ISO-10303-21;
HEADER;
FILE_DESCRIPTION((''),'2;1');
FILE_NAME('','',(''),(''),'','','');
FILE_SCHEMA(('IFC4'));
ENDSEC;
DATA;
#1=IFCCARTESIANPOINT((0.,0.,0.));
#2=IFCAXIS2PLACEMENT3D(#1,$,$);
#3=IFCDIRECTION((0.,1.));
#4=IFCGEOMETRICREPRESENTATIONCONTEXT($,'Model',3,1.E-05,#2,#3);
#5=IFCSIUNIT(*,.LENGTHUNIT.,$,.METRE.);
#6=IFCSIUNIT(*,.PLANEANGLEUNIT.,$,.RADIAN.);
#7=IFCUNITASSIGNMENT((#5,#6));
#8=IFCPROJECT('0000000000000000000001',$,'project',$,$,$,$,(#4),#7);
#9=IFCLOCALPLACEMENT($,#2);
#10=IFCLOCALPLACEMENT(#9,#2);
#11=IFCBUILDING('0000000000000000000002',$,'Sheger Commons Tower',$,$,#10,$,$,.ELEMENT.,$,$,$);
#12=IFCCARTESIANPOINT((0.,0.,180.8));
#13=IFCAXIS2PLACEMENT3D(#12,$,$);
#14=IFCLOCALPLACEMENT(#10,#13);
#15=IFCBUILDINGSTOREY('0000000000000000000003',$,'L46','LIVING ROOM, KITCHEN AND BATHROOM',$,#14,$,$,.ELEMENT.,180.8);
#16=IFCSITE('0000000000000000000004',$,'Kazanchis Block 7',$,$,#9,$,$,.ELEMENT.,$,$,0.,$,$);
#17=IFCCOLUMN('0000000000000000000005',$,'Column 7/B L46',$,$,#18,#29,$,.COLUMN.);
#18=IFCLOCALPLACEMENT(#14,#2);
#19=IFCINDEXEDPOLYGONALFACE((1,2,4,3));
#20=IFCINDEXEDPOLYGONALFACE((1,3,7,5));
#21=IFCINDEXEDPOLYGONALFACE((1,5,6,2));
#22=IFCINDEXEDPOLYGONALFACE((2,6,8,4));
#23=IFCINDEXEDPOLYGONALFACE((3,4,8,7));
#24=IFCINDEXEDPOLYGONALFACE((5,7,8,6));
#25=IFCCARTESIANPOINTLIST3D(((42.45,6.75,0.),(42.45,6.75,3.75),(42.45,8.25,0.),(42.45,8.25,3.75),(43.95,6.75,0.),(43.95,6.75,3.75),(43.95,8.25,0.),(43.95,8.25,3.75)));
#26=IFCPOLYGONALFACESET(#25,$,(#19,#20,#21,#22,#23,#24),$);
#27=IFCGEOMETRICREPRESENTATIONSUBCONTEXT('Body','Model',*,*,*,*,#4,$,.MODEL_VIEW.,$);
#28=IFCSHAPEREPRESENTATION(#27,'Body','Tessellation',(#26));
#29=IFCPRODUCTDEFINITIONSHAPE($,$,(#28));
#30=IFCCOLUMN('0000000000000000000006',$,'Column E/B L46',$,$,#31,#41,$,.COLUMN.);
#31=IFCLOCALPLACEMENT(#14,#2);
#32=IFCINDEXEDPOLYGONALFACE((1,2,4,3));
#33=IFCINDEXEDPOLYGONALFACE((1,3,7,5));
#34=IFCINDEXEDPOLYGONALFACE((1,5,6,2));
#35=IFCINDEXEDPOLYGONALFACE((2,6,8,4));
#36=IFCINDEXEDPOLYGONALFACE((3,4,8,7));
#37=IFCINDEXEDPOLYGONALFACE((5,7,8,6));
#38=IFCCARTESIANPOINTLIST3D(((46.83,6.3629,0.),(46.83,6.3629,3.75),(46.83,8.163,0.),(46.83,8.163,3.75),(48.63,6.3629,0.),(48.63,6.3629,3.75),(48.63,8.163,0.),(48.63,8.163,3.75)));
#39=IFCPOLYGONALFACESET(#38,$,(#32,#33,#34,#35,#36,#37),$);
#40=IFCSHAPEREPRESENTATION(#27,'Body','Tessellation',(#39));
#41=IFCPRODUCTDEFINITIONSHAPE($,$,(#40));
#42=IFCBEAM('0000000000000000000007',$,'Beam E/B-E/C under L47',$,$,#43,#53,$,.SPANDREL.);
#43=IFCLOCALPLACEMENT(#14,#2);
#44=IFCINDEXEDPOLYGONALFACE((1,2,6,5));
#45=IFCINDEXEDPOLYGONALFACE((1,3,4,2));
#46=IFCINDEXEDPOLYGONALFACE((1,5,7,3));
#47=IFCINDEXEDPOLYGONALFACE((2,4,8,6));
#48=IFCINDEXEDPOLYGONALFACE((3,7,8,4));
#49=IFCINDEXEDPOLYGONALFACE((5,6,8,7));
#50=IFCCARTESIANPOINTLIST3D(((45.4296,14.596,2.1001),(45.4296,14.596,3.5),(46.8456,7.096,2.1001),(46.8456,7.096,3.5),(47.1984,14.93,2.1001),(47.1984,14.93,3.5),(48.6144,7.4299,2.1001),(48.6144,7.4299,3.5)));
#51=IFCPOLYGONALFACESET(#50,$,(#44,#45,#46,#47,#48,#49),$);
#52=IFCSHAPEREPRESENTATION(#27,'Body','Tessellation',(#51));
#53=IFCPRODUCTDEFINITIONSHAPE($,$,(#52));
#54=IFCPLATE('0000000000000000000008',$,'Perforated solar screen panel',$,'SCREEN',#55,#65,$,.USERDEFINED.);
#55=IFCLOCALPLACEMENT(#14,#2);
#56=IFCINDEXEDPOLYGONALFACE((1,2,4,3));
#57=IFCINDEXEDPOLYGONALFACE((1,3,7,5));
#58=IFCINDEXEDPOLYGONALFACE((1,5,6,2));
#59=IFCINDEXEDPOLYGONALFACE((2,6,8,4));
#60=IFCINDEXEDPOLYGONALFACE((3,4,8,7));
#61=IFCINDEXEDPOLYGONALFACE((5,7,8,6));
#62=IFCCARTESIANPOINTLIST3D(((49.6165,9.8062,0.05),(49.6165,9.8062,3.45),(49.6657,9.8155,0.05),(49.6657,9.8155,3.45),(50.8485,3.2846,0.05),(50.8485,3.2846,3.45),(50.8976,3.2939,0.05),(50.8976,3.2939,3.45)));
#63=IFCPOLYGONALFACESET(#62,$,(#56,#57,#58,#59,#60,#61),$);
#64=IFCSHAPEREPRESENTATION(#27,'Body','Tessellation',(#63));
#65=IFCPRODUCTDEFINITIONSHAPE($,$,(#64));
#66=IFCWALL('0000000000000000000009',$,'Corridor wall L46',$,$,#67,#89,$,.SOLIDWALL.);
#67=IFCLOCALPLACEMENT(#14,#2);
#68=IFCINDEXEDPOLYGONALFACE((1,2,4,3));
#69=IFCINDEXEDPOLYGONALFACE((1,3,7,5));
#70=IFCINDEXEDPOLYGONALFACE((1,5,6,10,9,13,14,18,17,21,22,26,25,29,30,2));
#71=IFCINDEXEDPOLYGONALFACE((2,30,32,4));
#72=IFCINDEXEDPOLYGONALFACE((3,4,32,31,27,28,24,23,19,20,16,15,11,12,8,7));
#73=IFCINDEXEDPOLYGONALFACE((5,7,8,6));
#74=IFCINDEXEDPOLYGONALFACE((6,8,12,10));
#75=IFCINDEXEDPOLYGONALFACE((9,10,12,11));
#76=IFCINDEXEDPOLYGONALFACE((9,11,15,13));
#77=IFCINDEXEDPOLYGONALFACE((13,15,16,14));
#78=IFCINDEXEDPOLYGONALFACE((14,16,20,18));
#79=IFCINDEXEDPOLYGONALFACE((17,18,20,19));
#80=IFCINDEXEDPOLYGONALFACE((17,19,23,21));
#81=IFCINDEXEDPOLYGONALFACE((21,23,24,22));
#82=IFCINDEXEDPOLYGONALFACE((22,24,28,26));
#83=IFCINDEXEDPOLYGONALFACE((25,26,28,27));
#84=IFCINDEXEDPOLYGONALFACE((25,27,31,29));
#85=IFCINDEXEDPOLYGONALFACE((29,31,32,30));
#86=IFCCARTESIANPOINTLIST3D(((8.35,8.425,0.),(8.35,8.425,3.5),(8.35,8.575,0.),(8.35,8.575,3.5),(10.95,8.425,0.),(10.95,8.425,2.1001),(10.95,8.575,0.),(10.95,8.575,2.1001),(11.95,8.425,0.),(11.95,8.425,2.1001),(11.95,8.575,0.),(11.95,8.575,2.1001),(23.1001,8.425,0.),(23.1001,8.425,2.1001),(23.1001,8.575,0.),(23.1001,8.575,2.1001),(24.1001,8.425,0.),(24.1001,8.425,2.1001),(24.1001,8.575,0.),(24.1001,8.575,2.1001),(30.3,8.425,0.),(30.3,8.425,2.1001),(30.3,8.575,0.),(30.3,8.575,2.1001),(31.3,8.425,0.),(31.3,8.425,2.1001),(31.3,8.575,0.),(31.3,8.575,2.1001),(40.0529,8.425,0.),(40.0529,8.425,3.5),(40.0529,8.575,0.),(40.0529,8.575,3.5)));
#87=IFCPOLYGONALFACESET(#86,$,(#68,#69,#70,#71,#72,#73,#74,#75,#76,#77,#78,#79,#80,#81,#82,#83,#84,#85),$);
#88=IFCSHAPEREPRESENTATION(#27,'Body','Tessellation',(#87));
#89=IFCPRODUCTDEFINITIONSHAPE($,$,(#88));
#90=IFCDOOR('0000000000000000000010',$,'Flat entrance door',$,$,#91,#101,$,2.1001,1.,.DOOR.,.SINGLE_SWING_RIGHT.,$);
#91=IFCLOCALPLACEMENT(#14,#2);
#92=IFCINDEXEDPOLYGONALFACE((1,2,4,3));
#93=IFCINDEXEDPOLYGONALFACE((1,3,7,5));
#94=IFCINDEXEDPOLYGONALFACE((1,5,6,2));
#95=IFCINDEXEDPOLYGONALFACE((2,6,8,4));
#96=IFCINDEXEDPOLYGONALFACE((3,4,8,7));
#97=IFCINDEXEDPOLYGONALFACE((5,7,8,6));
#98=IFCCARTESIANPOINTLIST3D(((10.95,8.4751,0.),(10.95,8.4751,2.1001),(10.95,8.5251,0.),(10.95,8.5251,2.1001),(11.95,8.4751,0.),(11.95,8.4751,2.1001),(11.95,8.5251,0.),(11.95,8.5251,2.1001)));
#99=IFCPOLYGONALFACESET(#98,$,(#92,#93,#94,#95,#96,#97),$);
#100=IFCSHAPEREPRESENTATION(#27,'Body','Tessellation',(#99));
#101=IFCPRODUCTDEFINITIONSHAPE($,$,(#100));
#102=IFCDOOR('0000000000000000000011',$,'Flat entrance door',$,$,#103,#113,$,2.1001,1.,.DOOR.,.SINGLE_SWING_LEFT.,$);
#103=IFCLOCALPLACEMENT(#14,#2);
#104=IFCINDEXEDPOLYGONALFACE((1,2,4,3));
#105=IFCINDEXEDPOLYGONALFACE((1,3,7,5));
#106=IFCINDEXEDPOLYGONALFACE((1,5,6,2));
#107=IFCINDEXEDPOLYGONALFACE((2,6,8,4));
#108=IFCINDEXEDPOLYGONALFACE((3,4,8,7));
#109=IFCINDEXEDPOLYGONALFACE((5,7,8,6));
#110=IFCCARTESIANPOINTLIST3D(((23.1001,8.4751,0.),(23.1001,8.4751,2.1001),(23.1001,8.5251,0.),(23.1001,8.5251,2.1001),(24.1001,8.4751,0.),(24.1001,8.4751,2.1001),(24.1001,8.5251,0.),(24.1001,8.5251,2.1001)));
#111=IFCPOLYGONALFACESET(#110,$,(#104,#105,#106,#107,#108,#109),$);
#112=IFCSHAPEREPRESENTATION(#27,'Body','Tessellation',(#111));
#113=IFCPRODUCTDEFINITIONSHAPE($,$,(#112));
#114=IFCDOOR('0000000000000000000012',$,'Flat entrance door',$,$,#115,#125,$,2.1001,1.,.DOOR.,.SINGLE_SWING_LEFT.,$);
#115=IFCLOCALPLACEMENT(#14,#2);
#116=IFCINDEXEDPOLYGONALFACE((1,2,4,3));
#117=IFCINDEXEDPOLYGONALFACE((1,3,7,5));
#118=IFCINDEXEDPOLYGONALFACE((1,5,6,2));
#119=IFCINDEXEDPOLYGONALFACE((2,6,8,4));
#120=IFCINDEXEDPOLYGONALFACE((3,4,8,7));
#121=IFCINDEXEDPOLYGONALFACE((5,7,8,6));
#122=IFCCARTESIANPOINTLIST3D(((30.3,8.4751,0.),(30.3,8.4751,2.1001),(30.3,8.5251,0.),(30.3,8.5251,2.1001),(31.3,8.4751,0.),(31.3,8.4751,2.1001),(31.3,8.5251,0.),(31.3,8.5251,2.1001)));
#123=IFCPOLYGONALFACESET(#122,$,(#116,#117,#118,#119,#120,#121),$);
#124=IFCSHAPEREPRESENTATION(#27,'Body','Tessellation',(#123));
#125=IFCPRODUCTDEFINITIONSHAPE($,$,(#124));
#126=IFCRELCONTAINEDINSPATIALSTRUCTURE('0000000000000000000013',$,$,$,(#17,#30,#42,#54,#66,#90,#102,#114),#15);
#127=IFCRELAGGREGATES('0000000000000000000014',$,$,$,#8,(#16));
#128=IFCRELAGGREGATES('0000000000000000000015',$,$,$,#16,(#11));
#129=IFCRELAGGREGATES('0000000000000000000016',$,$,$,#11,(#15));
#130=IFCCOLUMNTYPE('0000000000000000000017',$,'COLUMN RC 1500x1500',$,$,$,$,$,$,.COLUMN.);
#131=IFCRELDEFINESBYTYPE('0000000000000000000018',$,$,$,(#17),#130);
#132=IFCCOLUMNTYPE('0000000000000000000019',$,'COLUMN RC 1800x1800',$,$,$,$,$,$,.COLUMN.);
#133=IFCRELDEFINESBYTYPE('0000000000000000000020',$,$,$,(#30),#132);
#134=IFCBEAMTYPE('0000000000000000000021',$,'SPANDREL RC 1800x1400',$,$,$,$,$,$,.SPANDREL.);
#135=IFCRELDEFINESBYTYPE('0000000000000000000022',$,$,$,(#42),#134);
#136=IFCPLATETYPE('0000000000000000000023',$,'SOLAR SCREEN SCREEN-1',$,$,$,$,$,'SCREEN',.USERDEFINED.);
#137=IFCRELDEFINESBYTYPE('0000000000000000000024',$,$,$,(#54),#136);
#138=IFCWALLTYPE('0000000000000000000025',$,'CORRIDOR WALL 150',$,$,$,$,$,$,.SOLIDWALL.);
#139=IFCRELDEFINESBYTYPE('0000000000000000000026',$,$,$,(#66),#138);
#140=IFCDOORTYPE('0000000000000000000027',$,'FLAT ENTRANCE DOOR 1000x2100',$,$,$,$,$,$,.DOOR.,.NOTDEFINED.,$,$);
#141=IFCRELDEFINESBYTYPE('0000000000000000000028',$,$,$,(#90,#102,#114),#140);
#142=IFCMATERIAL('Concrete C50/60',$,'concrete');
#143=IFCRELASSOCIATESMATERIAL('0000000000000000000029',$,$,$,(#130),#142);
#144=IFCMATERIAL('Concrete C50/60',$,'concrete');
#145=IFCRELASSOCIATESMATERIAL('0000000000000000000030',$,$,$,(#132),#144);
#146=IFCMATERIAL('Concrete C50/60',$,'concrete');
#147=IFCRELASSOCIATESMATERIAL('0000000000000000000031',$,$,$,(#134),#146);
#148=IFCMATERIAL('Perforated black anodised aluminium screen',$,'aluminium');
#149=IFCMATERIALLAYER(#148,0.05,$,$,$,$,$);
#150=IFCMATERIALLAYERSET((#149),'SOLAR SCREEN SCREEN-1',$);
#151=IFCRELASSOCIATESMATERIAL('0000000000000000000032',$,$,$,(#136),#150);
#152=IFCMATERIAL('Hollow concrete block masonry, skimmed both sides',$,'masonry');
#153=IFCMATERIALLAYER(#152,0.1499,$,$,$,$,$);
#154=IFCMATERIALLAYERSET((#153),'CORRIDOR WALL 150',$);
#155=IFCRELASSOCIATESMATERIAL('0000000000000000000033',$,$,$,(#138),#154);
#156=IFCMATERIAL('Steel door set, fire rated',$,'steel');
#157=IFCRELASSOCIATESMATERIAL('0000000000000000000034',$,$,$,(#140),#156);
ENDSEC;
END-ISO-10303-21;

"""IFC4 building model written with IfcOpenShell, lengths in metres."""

from ifc_helpers import new_model, si_unit, direction, frame, frame_2d, origin, origin_2d, place, context, subcontext, project, spatial, rectangle, extrude, material, layer, layer_set, material_profile, profile_set, type_object, element, fill, save


model = new_model("IFC4")

# Units and contexts
model_context = context("Model", 3, precision=1e-05, world=origin(), true_north=direction((0.0, 1.0)))
body_context = subcontext(model_context, "Body", "Model", "MODEL_VIEW")
ifc_project = project(units=[si_unit("LENGTHUNIT", "METRE"), si_unit("PLANEANGLEUNIT", "RADIAN")], contexts=[model_context])

# Site, building, storey
site_placement = place(None, origin())
site = spatial("IfcSite", under=ifc_project, at=site_placement, Name="Kazanchis Block 7", CompositionType="ELEMENT", RefElevation=0.0)
building_placement = place(site_placement, origin())
building = spatial("IfcBuilding", under=site, at=building_placement, Name="Sheger Commons Tower", CompositionType="ELEMENT")
storey_placement = place(building_placement, frame((0.0, 0.0, 180.8)))
storey = spatial("IfcBuildingStorey", under=building, at=storey_placement, Name="L46", Description="LIVING ROOM, KITCHEN AND BATHROOM", CompositionType="ELEMENT", Elevation=180.8)

# Columns
ifc_material_1 = material(Name="Concrete C50/60", Category="concrete")
ifc_material_profile_1 = material_profile(ifc_material_1, rectangle(XDim=1.5, YDim=1.5, at=origin_2d()), Name="RC 1500x1500")
ifc_profile_set_1 = profile_set([ifc_material_profile_1], Name="Concrete C50/60")
column_type_1 = type_object("IfcColumnType", Name="COLUMN RC 1500x1500", PredefinedType="COLUMN", material=ifc_profile_set_1)
column_1_placement = place(storey_placement, frame((43.2, 7.5, 0.0), z_axis=(0.0, 0.0, 1.0), x_axis=(1.0, 0.0, 0.0)))
element("IfcColumn", 1, at=column_1_placement, inside=storey, type_object=column_type_1, Name="Column 7/B L46", PredefinedType="COLUMN", context=body_context, shape_type="SweptSolid", body=[
    extrude(rectangle(XDim=1.5, YDim=1.5, at=origin_2d()), origin(), (0.0, 0.0, 1.0), 3.75),
])
ifc_material_2 = material(Name="Concrete C50/60", Category="concrete")
ifc_material_profile_2 = material_profile(ifc_material_2, rectangle(XDim=1.8, YDim=1.8, at=origin_2d()), Name="RC 1800x1800")
ifc_profile_set_2 = profile_set([ifc_material_profile_2], Name="Concrete C50/60")
column_type_2 = type_object("IfcColumnType", Name="COLUMN RC 1800x1800", PredefinedType="COLUMN", material=ifc_profile_set_2)
column_2_placement = place(storey_placement, frame((47.73, 7.2629, 0.0), z_axis=(0.0, 0.0, 1.0), x_axis=(1.0, 0.0, 0.0)))
element("IfcColumn", 2, at=column_2_placement, inside=storey, type_object=column_type_2, Name="Column E/B L46", PredefinedType="COLUMN", context=body_context, shape_type="SweptSolid", body=[
    extrude(rectangle(XDim=1.8, YDim=1.8, at=origin_2d()), origin(), (0.0, 0.0, 1.0), 3.75),
])

# Beam
ifc_material_3 = material(Name="Concrete C50/60", Category="concrete")
ifc_material_profile_3 = material_profile(ifc_material_3, rectangle(XDim=1.8, YDim=1.3999, at=origin_2d()), Name="RC 1800x1400")
ifc_profile_set_3 = profile_set([ifc_material_profile_3], Name="Concrete C50/60")
beam_type = type_object("IfcBeamType", Name="SPANDREL RC 1800x1400", PredefinedType="SPANDREL", material=ifc_profile_set_3)
beam_placement = place(storey_placement, frame((47.73, 7.2629, 2.8), z_axis=(-0.185524, 0.98264, 0.0), x_axis=(-0.98264, -0.185524, 0.0)))
element("IfcBeam", 3, at=beam_placement, inside=storey, type_object=beam_type, Name="Beam E/B-E/C under L47", PredefinedType="SPANDREL", context=body_context, shape_type="SweptSolid", body=[
    extrude(rectangle(XDim=1.8, YDim=1.3999, at=origin_2d()), origin(), (0.0, 0.0, 1.0), 7.6326),
])

# Plate
ifc_material_4 = material(Name="Perforated black anodised aluminium screen", Category="aluminium")
ifc_layer_1 = layer(ifc_material_4, 0.05)
ifc_layer_set_1 = layer_set([ifc_layer_1], Name="SOLAR SCREEN SCREEN-1")
plate_type = type_object("IfcPlateType", Name="SOLAR SCREEN SCREEN-1", ElementType="SCREEN", PredefinedType="USERDEFINED", material=ifc_layer_set_1)
plate_placement = place(storey_placement, frame((50.2571, 6.55, 0.05), z_axis=(0.0, 0.0, 1.0), x_axis=(-0.185615, 0.982623, 0.0)))
element("IfcPlate", 4, at=plate_placement, inside=storey, type_object=plate_type, Name="Perforated solar screen panel", ObjectType="SCREEN", PredefinedType="USERDEFINED", context=body_context, shape_type="SweptSolid", body=[
    extrude(rectangle(XDim=6.637, YDim=0.05, at=origin_2d()), origin(), (0.0, 0.0, 1.0), 3.3999),
])

# Wall, openings, doors
ifc_material_5 = material(Name="Hollow concrete block masonry, skimmed both sides", Category="masonry")
ifc_layer_2 = layer(ifc_material_5, 0.1499)
ifc_layer_set_2 = layer_set([ifc_layer_2], Name="CORRIDOR WALL 150")
wall_type_1 = type_object("IfcWallType", Name="CORRIDOR WALL 150", PredefinedType="SOLIDWALL", material=ifc_layer_set_2)
wall_1_placement = place(storey_placement, frame((40.053, 8.5, 0.0), z_axis=(0.0, 0.0, 1.0), x_axis=(-1.0, 0.0, 0.0)))
wall_1 = element("IfcWall", 5, at=wall_1_placement, inside=storey, type_object=wall_type_1, Name="Corridor wall L46", PredefinedType="SOLIDWALL", context=body_context, shape_type="SweptSolid", body=[
    extrude(rectangle(XDim=31.7029, YDim=0.1499, at=frame_2d((15.8516, 0.0))), origin(), (0.0, 0.0, 1.0), 3.5),
])
opening_1_placement = place(wall_1_placement, frame((28.103, 0.0, 0.0)))
opening_1 = element("IfcOpeningElement", 6, at=opening_1_placement, cuts=wall_1, PredefinedType="OPENING", context=body_context, shape_type="SweptSolid", body=[
    extrude(rectangle(XDim=1.0, YDim=2.1001, at=frame_2d((0.5, 1.05))), frame((0.0, 0.085, 0.0), z_axis=(0.0, -1.0, 0.0), x_axis=(1.0, 0.0, 0.0)), (0.0, 0.0, 1.0), 0.1699),
])
opening_2_placement = place(wall_1_placement, frame((15.9529, 0.0, 0.0)))
opening_2 = element("IfcOpeningElement", 7, at=opening_2_placement, cuts=wall_1, PredefinedType="OPENING", context=body_context, shape_type="SweptSolid", body=[
    extrude(rectangle(XDim=1.0, YDim=2.1001, at=frame_2d((0.5, 1.05))), frame((0.0, 0.085, 0.0), z_axis=(0.0, -1.0, 0.0), x_axis=(1.0, 0.0, 0.0)), (0.0, 0.0, 1.0), 0.1699),
])
opening_3_placement = place(wall_1_placement, frame((8.7529, 0.0, 0.0)))
opening_3 = element("IfcOpeningElement", 8, at=opening_3_placement, cuts=wall_1, PredefinedType="OPENING", context=body_context, shape_type="SweptSolid", body=[
    extrude(rectangle(XDim=1.0, YDim=2.1001, at=frame_2d((0.5, 1.05))), frame((0.0, 0.085, 0.0), z_axis=(0.0, -1.0, 0.0), x_axis=(1.0, 0.0, 0.0)), (0.0, 0.0, 1.0), 0.1699),
])
ifc_material_6 = material(Name="Steel door set, fire rated", Category="steel")
door_type_1 = type_object("IfcDoorType", Name="FLAT ENTRANCE DOOR 1000x2100", OperationType="NOTDEFINED", PredefinedType="DOOR", material=ifc_material_6)
door_1_placement = place(opening_1_placement, origin())
door_1 = element("IfcDoor", 9, at=door_1_placement, inside=storey, type_object=door_type_1, Name="Flat entrance door", OperationType="SINGLE_SWING_RIGHT", OverallHeight=2.1001, OverallWidth=1.0, PredefinedType="DOOR", context=body_context, shape_type="SweptSolid", body=[
    extrude(rectangle(XDim=1.0, YDim=2.1001, at=frame_2d((0.5, 1.05))), frame((0.0, 0.0249, 0.0), z_axis=(0.0, -1.0, 0.0), x_axis=(1.0, 0.0, 0.0)), (0.0, 0.0, 1.0), 0.05),
])
fill(opening_1, door_1)
door_2_placement = place(opening_2_placement, origin())
door_2 = element("IfcDoor", 10, at=door_2_placement, inside=storey, type_object=door_type_1, Name="Flat entrance door", OperationType="SINGLE_SWING_LEFT", OverallHeight=2.1001, OverallWidth=1.0, PredefinedType="DOOR", context=body_context, shape_type="SweptSolid", body=[
    extrude(rectangle(XDim=1.0, YDim=2.1001, at=frame_2d((0.5, 1.05))), frame((0.0, 0.0249, 0.0), z_axis=(0.0, -1.0, 0.0), x_axis=(1.0, 0.0, 0.0)), (0.0, 0.0, 1.0), 0.05),
])
fill(opening_2, door_2)
door_3_placement = place(opening_3_placement, origin())
door_3 = element("IfcDoor", 11, at=door_3_placement, inside=storey, type_object=door_type_1, Name="Flat entrance door", OperationType="SINGLE_SWING_LEFT", OverallHeight=2.1001, OverallWidth=1.0, PredefinedType="DOOR", context=body_context, shape_type="SweptSolid", body=[
    extrude(rectangle(XDim=1.0, YDim=2.1001, at=frame_2d((0.5, 1.05))), frame((0.0, 0.0249, 0.0), z_axis=(0.0, -1.0, 0.0), x_axis=(1.0, 0.0, 0.0)), (0.0, 0.0, 1.0), 0.05),
])
fill(opening_3, door_3)

save(model, "model.ifc")
